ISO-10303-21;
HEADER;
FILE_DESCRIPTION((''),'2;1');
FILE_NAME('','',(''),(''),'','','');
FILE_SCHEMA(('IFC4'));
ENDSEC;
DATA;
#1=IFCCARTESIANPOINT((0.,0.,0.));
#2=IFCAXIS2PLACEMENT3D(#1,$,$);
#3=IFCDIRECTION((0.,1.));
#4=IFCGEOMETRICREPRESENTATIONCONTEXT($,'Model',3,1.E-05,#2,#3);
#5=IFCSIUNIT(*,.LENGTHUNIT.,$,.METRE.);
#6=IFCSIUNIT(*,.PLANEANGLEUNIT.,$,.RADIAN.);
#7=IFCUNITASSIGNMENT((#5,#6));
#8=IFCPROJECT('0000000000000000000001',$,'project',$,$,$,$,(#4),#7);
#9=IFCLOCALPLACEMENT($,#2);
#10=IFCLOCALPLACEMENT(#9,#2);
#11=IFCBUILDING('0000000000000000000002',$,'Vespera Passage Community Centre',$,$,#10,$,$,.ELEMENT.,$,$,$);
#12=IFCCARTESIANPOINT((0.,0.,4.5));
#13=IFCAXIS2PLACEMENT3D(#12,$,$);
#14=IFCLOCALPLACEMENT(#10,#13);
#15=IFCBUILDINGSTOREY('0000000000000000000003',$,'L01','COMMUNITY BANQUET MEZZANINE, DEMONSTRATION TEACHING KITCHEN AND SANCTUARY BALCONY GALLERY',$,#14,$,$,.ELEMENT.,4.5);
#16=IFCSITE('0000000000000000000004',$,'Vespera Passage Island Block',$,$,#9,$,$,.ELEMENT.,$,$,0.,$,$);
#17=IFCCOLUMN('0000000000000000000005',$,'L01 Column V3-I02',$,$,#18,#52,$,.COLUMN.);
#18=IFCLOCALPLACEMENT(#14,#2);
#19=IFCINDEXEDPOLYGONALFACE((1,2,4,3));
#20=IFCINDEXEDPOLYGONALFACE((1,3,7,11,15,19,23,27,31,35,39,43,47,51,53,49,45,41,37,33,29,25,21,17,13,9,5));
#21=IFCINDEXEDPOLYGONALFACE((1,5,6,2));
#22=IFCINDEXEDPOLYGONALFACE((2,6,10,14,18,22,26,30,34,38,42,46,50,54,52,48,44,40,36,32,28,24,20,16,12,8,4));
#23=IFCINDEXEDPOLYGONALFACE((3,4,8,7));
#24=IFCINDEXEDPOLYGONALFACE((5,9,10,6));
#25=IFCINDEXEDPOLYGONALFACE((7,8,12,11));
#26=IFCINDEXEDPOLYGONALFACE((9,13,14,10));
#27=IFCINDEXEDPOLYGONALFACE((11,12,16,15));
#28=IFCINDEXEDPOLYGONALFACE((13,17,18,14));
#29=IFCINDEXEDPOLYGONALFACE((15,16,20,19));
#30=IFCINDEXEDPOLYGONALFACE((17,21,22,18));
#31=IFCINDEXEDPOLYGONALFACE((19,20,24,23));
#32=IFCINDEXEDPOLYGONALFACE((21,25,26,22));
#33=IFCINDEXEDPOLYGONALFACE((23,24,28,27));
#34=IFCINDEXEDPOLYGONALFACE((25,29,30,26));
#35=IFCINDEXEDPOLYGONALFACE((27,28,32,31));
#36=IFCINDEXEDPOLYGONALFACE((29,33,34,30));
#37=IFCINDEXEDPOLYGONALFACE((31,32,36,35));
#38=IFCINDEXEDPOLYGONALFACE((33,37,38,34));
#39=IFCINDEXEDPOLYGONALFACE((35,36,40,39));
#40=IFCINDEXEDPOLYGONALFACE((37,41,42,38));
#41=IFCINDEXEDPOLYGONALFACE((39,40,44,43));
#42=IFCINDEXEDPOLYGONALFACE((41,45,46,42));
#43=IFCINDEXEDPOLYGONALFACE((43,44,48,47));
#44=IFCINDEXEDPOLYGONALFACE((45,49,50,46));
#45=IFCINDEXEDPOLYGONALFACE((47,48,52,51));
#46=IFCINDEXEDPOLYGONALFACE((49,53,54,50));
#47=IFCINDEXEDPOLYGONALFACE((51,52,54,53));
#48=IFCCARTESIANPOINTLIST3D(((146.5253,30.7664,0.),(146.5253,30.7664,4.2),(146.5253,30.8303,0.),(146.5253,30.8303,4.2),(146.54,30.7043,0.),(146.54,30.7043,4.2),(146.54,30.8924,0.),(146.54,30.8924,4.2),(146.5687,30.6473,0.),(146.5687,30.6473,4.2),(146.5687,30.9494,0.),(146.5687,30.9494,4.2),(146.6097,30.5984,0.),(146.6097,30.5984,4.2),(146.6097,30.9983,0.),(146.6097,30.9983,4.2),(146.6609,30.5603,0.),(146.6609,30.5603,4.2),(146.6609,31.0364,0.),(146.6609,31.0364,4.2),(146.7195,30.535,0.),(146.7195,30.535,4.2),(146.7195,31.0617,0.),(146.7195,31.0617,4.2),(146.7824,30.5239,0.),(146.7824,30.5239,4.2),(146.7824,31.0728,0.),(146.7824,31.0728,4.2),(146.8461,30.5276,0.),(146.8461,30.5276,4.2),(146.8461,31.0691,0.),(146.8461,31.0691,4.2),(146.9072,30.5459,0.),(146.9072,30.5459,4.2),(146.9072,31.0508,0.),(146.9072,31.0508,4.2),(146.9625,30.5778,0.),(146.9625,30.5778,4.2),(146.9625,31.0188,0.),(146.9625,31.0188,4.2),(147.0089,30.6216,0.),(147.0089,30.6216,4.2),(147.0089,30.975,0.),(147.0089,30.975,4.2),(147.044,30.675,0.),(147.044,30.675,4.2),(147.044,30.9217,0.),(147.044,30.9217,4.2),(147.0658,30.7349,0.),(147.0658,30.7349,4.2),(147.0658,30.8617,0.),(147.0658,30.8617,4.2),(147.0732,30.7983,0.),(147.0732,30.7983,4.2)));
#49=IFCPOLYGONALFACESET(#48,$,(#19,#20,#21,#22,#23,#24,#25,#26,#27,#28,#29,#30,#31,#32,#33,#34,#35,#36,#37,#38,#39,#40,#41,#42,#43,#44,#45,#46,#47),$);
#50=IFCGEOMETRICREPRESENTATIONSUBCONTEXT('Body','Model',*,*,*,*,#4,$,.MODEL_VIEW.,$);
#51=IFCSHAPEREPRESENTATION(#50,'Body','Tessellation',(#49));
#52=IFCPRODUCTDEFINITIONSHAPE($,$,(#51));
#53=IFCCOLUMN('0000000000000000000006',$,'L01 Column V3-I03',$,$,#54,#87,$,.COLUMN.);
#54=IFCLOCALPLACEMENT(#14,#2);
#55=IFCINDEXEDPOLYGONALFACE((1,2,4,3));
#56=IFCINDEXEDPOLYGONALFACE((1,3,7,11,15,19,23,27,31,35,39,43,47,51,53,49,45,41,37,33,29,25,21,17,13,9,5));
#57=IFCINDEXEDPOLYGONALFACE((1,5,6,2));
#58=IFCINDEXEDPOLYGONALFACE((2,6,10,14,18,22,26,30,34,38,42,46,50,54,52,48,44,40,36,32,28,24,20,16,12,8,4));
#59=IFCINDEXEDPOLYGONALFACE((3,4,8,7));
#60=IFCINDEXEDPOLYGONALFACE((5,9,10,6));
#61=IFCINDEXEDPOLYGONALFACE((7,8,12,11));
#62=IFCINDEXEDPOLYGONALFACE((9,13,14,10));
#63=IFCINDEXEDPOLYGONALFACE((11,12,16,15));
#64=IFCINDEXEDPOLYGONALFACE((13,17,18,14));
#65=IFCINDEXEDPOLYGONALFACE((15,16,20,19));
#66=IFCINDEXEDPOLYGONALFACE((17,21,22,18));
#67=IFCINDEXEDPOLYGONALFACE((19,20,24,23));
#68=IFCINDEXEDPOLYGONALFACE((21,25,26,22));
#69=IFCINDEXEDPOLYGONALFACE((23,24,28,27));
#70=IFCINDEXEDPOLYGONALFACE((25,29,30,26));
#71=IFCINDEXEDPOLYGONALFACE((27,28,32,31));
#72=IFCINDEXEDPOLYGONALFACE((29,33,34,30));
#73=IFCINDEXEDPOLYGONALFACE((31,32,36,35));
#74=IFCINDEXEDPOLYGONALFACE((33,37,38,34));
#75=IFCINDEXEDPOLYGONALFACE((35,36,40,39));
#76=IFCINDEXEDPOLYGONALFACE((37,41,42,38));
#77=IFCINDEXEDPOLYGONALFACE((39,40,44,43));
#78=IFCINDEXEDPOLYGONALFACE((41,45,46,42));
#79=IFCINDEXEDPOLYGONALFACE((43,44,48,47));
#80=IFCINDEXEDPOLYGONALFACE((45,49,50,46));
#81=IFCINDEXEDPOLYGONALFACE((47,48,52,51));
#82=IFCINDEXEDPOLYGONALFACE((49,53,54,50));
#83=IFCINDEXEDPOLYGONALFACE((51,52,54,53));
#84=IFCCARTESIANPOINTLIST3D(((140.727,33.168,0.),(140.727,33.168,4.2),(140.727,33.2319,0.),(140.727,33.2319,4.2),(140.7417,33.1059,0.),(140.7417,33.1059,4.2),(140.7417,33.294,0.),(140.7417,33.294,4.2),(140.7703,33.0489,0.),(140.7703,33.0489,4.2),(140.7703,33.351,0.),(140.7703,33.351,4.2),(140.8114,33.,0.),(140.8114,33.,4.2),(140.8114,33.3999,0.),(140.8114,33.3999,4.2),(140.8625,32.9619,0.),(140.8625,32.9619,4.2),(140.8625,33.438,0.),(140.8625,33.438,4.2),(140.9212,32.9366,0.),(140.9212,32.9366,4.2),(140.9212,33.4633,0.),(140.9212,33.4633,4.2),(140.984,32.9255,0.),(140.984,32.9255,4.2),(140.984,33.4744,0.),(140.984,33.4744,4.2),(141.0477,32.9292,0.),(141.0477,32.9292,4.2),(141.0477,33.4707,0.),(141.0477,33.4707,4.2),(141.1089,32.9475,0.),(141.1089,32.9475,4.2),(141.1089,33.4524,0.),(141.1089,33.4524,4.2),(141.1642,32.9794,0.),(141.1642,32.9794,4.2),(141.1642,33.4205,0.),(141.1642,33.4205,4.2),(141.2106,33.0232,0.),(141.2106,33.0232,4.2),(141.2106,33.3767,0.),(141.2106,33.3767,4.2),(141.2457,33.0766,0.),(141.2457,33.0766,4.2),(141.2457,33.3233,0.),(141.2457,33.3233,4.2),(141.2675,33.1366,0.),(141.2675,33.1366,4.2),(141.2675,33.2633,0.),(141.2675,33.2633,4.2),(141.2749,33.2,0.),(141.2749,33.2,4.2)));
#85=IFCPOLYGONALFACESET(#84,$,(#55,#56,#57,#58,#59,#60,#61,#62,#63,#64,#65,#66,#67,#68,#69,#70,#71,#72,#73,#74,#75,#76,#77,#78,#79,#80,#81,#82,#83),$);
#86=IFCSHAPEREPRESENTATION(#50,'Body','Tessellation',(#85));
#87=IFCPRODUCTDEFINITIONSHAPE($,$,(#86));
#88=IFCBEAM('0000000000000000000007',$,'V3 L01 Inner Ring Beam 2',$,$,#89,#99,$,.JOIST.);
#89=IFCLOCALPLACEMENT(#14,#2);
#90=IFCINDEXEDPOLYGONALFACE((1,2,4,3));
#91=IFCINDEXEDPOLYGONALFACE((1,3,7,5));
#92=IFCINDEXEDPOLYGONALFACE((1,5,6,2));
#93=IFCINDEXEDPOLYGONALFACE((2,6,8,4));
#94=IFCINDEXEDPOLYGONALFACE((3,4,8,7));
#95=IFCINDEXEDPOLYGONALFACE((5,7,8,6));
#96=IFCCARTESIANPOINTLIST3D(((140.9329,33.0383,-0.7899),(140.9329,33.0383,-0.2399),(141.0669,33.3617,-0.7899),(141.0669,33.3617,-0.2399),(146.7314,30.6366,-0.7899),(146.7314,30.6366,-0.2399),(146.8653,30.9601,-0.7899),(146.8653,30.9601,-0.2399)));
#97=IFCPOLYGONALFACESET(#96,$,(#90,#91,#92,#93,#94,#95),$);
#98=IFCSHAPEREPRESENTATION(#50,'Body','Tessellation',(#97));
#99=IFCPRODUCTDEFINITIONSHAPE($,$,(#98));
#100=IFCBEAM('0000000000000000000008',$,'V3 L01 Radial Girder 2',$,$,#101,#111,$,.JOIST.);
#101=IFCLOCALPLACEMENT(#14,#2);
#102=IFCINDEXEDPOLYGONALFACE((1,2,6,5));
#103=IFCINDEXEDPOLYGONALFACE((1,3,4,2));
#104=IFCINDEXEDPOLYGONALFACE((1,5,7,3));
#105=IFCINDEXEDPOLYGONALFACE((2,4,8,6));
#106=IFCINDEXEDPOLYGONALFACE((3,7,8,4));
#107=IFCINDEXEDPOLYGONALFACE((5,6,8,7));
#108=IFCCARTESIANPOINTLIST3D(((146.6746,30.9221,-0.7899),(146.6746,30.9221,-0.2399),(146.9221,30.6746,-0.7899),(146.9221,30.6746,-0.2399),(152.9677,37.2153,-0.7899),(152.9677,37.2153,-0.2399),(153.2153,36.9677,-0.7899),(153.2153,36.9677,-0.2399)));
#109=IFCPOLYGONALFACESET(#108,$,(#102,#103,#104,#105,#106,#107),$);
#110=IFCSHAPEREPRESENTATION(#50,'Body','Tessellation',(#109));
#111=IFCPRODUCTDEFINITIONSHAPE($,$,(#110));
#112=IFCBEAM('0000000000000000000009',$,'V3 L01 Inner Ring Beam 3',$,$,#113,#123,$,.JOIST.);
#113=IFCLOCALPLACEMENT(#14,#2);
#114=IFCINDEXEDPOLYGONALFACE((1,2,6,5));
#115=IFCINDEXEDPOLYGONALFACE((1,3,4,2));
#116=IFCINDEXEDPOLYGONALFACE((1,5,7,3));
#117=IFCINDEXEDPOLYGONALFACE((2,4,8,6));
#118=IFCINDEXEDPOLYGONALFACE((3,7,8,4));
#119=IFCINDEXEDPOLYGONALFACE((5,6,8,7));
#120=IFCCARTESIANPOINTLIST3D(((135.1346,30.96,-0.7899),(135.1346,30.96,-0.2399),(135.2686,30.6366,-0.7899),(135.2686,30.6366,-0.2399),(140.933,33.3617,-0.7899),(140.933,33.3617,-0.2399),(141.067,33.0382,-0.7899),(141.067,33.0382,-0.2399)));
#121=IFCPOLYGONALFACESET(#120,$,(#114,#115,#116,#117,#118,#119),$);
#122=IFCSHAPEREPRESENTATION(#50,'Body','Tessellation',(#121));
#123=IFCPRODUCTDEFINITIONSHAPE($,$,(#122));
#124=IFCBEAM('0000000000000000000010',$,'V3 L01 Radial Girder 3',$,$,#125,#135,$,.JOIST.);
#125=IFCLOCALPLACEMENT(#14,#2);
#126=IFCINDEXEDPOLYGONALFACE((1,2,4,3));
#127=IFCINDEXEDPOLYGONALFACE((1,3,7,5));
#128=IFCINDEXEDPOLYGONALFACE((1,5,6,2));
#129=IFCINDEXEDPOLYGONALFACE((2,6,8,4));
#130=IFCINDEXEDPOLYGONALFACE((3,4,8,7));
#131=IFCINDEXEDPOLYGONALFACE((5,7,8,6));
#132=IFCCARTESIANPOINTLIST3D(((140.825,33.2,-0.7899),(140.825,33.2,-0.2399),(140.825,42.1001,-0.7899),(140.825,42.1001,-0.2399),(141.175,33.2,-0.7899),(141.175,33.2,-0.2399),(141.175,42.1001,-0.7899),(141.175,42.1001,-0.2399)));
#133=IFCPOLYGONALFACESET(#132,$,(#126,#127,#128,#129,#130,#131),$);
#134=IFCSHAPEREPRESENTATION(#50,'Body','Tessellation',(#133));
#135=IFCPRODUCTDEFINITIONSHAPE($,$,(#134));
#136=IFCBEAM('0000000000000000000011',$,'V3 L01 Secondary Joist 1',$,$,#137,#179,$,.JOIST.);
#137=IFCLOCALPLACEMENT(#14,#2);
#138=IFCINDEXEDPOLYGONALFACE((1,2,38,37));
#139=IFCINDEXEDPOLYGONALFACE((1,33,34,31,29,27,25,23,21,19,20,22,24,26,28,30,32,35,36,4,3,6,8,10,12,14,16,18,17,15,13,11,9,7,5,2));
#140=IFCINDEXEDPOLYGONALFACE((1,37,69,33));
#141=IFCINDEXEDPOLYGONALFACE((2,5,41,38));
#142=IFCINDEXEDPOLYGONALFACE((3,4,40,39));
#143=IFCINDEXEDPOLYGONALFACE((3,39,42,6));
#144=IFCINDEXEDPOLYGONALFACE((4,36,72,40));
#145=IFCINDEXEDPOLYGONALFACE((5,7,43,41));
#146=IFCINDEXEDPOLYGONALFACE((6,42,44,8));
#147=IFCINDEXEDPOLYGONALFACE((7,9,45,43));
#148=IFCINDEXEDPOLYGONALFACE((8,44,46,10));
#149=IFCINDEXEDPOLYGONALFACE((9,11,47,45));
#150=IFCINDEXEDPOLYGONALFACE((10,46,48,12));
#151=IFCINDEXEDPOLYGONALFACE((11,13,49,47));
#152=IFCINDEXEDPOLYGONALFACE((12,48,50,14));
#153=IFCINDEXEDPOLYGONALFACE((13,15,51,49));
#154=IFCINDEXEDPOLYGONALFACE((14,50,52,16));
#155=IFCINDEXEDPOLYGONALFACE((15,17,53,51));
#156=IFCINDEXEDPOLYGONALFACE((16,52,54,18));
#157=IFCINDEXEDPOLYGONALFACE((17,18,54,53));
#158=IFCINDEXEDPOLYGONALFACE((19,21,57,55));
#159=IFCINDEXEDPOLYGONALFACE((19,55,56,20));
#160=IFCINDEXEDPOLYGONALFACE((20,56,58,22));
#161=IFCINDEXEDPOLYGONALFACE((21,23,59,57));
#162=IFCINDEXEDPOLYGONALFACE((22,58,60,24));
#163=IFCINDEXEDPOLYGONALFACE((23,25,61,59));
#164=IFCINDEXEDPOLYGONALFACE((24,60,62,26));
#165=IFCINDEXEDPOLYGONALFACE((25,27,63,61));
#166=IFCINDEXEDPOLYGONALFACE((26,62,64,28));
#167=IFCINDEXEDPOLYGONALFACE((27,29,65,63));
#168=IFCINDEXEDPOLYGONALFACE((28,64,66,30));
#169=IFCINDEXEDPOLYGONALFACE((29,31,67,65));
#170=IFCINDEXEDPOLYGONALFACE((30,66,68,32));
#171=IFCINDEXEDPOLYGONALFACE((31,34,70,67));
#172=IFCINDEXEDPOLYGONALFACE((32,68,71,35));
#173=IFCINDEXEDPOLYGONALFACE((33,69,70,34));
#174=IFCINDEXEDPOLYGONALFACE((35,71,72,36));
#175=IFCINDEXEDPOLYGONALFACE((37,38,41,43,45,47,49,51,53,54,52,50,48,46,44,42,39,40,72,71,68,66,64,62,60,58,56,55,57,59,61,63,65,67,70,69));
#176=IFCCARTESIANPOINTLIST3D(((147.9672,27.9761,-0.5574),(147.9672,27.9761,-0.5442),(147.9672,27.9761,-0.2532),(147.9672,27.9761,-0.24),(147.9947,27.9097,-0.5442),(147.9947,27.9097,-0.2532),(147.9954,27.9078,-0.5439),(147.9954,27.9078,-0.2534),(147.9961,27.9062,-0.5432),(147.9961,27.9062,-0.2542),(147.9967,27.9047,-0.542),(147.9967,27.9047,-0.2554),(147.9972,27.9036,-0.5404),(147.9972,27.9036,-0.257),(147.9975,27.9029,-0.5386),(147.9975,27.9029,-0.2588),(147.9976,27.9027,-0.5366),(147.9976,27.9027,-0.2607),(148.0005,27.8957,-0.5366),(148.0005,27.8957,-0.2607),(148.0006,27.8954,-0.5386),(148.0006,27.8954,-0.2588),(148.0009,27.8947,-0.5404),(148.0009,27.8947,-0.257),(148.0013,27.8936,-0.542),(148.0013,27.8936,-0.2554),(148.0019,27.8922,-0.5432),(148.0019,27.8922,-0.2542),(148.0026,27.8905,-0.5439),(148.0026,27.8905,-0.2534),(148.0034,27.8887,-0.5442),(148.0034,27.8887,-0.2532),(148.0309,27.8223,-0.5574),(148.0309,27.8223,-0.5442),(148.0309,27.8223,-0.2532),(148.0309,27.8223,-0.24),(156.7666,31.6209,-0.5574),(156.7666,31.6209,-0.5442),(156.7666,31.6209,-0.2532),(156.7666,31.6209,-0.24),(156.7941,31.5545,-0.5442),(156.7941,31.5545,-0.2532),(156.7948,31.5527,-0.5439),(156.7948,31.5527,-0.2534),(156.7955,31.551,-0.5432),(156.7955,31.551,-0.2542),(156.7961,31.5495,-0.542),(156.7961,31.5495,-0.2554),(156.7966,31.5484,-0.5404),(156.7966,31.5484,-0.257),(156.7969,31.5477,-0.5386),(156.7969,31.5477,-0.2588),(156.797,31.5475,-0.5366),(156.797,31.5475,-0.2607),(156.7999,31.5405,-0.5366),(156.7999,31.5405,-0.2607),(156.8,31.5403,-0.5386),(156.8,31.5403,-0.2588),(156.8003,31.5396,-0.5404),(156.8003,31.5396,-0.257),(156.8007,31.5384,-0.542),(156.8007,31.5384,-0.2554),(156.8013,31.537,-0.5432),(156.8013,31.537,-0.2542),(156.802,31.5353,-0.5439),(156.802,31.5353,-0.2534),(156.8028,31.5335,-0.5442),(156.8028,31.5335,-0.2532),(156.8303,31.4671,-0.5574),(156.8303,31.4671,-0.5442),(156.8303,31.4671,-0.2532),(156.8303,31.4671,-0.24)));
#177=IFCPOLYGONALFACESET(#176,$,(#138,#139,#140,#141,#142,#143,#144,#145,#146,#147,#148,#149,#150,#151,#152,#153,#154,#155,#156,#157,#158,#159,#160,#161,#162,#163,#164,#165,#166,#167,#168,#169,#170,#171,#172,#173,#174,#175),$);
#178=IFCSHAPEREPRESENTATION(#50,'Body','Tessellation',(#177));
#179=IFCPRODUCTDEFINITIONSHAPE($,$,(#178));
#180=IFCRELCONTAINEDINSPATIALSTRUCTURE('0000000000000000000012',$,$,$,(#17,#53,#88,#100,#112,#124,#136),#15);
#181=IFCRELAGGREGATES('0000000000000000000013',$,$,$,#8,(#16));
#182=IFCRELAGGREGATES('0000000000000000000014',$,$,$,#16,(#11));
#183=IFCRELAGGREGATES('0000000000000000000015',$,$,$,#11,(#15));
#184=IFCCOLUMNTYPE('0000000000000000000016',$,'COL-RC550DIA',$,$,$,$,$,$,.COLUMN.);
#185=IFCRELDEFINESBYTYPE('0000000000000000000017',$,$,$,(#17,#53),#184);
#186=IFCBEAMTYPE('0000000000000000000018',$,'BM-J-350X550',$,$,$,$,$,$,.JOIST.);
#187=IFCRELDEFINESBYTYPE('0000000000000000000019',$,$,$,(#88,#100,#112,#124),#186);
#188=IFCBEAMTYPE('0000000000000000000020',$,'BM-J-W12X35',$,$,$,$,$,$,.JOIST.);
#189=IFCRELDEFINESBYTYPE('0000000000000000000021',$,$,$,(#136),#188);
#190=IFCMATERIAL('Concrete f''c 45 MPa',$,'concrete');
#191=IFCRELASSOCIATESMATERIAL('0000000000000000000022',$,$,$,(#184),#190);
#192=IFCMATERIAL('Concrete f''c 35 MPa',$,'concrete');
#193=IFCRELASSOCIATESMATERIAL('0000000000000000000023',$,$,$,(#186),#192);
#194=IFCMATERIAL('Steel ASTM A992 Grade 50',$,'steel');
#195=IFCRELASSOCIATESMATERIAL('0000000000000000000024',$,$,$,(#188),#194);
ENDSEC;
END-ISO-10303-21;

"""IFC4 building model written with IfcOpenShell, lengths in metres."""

from ifc_helpers import new_model, si_unit, direction, frame, origin, origin_2d, place, context, subcontext, project, spatial, rectangle, circle, i_section, extrude, material, material_profile, profile_set, type_object, element, save


model = new_model("IFC4")

# Units and contexts
model_context = context("Model", 3, precision=1e-05, world=origin(), true_north=direction((0.0, 1.0)))
body_context = subcontext(model_context, "Body", "Model", "MODEL_VIEW")
ifc_project = project(units=[si_unit("LENGTHUNIT", "METRE"), si_unit("PLANEANGLEUNIT", "RADIAN")], contexts=[model_context])

# Site, building, storey
site_placement = place(None, origin())
site = spatial("IfcSite", under=ifc_project, at=site_placement, Name="Vespera Passage Island Block", CompositionType="ELEMENT", RefElevation=0.0)
building_placement = place(site_placement, origin())
building = spatial("IfcBuilding", under=site, at=building_placement, Name="Vespera Passage Community Centre", CompositionType="ELEMENT")
storey_placement = place(building_placement, frame((0.0, 0.0, 4.5)))
storey = spatial("IfcBuildingStorey", under=building, at=storey_placement, Name="L01", Description="COMMUNITY BANQUET MEZZANINE, DEMONSTRATION TEACHING KITCHEN AND SANCTUARY BALCONY GALLERY", CompositionType="ELEMENT", Elevation=4.5)

# Columns
ifc_material_1 = material(Name="Concrete f'c 45 MPa", Category="concrete")
ifc_material_profile_1 = material_profile(ifc_material_1, circle(Radius=0.2749, at=origin_2d()), Name="RC550DIA")
ifc_profile_set_1 = profile_set([ifc_material_profile_1], Name="Concrete f'c 45 MPa")
column_type = type_object("IfcColumnType", Name="COL-RC550DIA", PredefinedType="COLUMN", material=ifc_profile_set_1)
for number, where, z_axis, x_axis, name in (
    (1, (146.7983, 30.7983, 0.0), (0.0, 0.0, 1.0), (1.0, 0.0, 0.0), "L01 Column V3-I02"),
    (2, (141.0, 33.2, 0.0), (0.0, 0.0, 1.0), (1.0, 0.0, 0.0), "L01 Column V3-I03"),
):
    element("IfcColumn", number, at=place(storey_placement, frame(where, z_axis=z_axis, x_axis=x_axis)), inside=storey, type_object=column_type, Name=name, PredefinedType="COLUMN", context=body_context, shape_type="SweptSolid", body=[
        extrude(circle(Radius=0.2749, at=origin_2d()), origin(), (0.0, 0.0, 1.0), 4.2),
    ])

# Beams
ifc_material_2 = material(Name="Concrete f'c 35 MPa", Category="concrete")
ifc_material_profile_2 = material_profile(ifc_material_2, rectangle(XDim=0.3501, YDim=0.55, at=origin_2d()), Name="RC350X550")
ifc_profile_set_2 = profile_set([ifc_material_profile_2], Name="Concrete f'c 35 MPa")
beam_type_1 = type_object("IfcBeamType", Name="BM-J-350X550", PredefinedType="JOIST", material=ifc_profile_set_2)
beam_1_placement = place(storey_placement, frame((146.7983, 30.7983, -0.5149), z_axis=(-0.923887, 0.382664, 0.0), x_axis=(-0.382664, -0.923887, 0.0)))
element("IfcBeam", 3, at=beam_1_placement, inside=storey, type_object=beam_type_1, Name="V3 L01 Inner Ring Beam 2", PredefinedType="JOIST", context=body_context, shape_type="SweptSolid", body=[
    extrude(rectangle(XDim=0.3501, YDim=0.55, at=origin_2d()), origin(), (0.0, 0.0, 1.0), 6.2761),
])
beam_2_placement = place(storey_placement, frame((146.7983, 30.7983, -0.5149), z_axis=(0.707107, 0.707107, 0.0), x_axis=(-0.707107, 0.707107, 0.0)))
element("IfcBeam", 4, at=beam_2_placement, inside=storey, type_object=beam_type_1, Name="V3 L01 Radial Girder 2", PredefinedType="JOIST", context=body_context, shape_type="SweptSolid", body=[
    extrude(rectangle(XDim=0.3501, YDim=0.55, at=origin_2d()), origin(), (0.0, 0.0, 1.0), 8.8999),
])
beam_3_placement = place(storey_placement, frame((141.0, 33.2, -0.5149), z_axis=(-0.923887, -0.382664, 0.0), x_axis=(0.382664, -0.923887, 0.0)))
element("IfcBeam", 5, at=beam_3_placement, inside=storey, type_object=beam_type_1, Name="V3 L01 Inner Ring Beam 3", PredefinedType="JOIST", context=body_context, shape_type="SweptSolid", body=[
    extrude(rectangle(XDim=0.3501, YDim=0.55, at=origin_2d()), origin(), (0.0, 0.0, 1.0), 6.2761),
])
beam_4_placement = place(storey_placement, frame((141.0, 33.2, -0.5149), z_axis=(0.0, 1.0, 0.0), x_axis=(-1.0, 0.0, 0.0)))
element("IfcBeam", 6, at=beam_4_placement, inside=storey, type_object=beam_type_1, Name="V3 L01 Radial Girder 3", PredefinedType="JOIST", context=body_context, shape_type="SweptSolid", body=[
    extrude(rectangle(XDim=0.3501, YDim=0.55, at=origin_2d()), origin(), (0.0, 0.0, 1.0), 8.9001),
])
ifc_material_3 = material(Name="Steel ASTM A992 Grade 50", Category="steel")
ifc_material_profile_3 = material_profile(ifc_material_3, i_section(OverallWidth=0.1665, OverallDepth=0.3174, WebThickness=0.0076, FlangeThickness=0.0132, FilletRadius=0.0076, at=origin_2d()), Name="W12X35")
ifc_profile_set_3 = profile_set([ifc_material_profile_3], Name="Steel ASTM A992 Grade 50")
beam_type_2 = type_object("IfcBeamType", Name="BM-J-W12X35", PredefinedType="JOIST", material=ifc_profile_set_3)
beam_5_placement = place(storey_placement, frame((147.999, 27.8992, -0.3987), z_axis=(0.92388, 0.382682, 0.0), x_axis=(-0.382682, 0.92388, 0.0)))
element("IfcBeam", 7, at=beam_5_placement, inside=storey, type_object=beam_type_2, Name="V3 L01 Secondary Joist 1", PredefinedType="JOIST", context=body_context, shape_type="SweptSolid", body=[
    extrude(i_section(OverallWidth=0.1665, OverallDepth=0.3174, WebThickness=0.0076, FlangeThickness=0.0132, FilletRadius=0.0076, at=origin_2d()), origin(), (0.0, 0.0, 1.0), 9.5244),
])

save(model, "model.ifc")
